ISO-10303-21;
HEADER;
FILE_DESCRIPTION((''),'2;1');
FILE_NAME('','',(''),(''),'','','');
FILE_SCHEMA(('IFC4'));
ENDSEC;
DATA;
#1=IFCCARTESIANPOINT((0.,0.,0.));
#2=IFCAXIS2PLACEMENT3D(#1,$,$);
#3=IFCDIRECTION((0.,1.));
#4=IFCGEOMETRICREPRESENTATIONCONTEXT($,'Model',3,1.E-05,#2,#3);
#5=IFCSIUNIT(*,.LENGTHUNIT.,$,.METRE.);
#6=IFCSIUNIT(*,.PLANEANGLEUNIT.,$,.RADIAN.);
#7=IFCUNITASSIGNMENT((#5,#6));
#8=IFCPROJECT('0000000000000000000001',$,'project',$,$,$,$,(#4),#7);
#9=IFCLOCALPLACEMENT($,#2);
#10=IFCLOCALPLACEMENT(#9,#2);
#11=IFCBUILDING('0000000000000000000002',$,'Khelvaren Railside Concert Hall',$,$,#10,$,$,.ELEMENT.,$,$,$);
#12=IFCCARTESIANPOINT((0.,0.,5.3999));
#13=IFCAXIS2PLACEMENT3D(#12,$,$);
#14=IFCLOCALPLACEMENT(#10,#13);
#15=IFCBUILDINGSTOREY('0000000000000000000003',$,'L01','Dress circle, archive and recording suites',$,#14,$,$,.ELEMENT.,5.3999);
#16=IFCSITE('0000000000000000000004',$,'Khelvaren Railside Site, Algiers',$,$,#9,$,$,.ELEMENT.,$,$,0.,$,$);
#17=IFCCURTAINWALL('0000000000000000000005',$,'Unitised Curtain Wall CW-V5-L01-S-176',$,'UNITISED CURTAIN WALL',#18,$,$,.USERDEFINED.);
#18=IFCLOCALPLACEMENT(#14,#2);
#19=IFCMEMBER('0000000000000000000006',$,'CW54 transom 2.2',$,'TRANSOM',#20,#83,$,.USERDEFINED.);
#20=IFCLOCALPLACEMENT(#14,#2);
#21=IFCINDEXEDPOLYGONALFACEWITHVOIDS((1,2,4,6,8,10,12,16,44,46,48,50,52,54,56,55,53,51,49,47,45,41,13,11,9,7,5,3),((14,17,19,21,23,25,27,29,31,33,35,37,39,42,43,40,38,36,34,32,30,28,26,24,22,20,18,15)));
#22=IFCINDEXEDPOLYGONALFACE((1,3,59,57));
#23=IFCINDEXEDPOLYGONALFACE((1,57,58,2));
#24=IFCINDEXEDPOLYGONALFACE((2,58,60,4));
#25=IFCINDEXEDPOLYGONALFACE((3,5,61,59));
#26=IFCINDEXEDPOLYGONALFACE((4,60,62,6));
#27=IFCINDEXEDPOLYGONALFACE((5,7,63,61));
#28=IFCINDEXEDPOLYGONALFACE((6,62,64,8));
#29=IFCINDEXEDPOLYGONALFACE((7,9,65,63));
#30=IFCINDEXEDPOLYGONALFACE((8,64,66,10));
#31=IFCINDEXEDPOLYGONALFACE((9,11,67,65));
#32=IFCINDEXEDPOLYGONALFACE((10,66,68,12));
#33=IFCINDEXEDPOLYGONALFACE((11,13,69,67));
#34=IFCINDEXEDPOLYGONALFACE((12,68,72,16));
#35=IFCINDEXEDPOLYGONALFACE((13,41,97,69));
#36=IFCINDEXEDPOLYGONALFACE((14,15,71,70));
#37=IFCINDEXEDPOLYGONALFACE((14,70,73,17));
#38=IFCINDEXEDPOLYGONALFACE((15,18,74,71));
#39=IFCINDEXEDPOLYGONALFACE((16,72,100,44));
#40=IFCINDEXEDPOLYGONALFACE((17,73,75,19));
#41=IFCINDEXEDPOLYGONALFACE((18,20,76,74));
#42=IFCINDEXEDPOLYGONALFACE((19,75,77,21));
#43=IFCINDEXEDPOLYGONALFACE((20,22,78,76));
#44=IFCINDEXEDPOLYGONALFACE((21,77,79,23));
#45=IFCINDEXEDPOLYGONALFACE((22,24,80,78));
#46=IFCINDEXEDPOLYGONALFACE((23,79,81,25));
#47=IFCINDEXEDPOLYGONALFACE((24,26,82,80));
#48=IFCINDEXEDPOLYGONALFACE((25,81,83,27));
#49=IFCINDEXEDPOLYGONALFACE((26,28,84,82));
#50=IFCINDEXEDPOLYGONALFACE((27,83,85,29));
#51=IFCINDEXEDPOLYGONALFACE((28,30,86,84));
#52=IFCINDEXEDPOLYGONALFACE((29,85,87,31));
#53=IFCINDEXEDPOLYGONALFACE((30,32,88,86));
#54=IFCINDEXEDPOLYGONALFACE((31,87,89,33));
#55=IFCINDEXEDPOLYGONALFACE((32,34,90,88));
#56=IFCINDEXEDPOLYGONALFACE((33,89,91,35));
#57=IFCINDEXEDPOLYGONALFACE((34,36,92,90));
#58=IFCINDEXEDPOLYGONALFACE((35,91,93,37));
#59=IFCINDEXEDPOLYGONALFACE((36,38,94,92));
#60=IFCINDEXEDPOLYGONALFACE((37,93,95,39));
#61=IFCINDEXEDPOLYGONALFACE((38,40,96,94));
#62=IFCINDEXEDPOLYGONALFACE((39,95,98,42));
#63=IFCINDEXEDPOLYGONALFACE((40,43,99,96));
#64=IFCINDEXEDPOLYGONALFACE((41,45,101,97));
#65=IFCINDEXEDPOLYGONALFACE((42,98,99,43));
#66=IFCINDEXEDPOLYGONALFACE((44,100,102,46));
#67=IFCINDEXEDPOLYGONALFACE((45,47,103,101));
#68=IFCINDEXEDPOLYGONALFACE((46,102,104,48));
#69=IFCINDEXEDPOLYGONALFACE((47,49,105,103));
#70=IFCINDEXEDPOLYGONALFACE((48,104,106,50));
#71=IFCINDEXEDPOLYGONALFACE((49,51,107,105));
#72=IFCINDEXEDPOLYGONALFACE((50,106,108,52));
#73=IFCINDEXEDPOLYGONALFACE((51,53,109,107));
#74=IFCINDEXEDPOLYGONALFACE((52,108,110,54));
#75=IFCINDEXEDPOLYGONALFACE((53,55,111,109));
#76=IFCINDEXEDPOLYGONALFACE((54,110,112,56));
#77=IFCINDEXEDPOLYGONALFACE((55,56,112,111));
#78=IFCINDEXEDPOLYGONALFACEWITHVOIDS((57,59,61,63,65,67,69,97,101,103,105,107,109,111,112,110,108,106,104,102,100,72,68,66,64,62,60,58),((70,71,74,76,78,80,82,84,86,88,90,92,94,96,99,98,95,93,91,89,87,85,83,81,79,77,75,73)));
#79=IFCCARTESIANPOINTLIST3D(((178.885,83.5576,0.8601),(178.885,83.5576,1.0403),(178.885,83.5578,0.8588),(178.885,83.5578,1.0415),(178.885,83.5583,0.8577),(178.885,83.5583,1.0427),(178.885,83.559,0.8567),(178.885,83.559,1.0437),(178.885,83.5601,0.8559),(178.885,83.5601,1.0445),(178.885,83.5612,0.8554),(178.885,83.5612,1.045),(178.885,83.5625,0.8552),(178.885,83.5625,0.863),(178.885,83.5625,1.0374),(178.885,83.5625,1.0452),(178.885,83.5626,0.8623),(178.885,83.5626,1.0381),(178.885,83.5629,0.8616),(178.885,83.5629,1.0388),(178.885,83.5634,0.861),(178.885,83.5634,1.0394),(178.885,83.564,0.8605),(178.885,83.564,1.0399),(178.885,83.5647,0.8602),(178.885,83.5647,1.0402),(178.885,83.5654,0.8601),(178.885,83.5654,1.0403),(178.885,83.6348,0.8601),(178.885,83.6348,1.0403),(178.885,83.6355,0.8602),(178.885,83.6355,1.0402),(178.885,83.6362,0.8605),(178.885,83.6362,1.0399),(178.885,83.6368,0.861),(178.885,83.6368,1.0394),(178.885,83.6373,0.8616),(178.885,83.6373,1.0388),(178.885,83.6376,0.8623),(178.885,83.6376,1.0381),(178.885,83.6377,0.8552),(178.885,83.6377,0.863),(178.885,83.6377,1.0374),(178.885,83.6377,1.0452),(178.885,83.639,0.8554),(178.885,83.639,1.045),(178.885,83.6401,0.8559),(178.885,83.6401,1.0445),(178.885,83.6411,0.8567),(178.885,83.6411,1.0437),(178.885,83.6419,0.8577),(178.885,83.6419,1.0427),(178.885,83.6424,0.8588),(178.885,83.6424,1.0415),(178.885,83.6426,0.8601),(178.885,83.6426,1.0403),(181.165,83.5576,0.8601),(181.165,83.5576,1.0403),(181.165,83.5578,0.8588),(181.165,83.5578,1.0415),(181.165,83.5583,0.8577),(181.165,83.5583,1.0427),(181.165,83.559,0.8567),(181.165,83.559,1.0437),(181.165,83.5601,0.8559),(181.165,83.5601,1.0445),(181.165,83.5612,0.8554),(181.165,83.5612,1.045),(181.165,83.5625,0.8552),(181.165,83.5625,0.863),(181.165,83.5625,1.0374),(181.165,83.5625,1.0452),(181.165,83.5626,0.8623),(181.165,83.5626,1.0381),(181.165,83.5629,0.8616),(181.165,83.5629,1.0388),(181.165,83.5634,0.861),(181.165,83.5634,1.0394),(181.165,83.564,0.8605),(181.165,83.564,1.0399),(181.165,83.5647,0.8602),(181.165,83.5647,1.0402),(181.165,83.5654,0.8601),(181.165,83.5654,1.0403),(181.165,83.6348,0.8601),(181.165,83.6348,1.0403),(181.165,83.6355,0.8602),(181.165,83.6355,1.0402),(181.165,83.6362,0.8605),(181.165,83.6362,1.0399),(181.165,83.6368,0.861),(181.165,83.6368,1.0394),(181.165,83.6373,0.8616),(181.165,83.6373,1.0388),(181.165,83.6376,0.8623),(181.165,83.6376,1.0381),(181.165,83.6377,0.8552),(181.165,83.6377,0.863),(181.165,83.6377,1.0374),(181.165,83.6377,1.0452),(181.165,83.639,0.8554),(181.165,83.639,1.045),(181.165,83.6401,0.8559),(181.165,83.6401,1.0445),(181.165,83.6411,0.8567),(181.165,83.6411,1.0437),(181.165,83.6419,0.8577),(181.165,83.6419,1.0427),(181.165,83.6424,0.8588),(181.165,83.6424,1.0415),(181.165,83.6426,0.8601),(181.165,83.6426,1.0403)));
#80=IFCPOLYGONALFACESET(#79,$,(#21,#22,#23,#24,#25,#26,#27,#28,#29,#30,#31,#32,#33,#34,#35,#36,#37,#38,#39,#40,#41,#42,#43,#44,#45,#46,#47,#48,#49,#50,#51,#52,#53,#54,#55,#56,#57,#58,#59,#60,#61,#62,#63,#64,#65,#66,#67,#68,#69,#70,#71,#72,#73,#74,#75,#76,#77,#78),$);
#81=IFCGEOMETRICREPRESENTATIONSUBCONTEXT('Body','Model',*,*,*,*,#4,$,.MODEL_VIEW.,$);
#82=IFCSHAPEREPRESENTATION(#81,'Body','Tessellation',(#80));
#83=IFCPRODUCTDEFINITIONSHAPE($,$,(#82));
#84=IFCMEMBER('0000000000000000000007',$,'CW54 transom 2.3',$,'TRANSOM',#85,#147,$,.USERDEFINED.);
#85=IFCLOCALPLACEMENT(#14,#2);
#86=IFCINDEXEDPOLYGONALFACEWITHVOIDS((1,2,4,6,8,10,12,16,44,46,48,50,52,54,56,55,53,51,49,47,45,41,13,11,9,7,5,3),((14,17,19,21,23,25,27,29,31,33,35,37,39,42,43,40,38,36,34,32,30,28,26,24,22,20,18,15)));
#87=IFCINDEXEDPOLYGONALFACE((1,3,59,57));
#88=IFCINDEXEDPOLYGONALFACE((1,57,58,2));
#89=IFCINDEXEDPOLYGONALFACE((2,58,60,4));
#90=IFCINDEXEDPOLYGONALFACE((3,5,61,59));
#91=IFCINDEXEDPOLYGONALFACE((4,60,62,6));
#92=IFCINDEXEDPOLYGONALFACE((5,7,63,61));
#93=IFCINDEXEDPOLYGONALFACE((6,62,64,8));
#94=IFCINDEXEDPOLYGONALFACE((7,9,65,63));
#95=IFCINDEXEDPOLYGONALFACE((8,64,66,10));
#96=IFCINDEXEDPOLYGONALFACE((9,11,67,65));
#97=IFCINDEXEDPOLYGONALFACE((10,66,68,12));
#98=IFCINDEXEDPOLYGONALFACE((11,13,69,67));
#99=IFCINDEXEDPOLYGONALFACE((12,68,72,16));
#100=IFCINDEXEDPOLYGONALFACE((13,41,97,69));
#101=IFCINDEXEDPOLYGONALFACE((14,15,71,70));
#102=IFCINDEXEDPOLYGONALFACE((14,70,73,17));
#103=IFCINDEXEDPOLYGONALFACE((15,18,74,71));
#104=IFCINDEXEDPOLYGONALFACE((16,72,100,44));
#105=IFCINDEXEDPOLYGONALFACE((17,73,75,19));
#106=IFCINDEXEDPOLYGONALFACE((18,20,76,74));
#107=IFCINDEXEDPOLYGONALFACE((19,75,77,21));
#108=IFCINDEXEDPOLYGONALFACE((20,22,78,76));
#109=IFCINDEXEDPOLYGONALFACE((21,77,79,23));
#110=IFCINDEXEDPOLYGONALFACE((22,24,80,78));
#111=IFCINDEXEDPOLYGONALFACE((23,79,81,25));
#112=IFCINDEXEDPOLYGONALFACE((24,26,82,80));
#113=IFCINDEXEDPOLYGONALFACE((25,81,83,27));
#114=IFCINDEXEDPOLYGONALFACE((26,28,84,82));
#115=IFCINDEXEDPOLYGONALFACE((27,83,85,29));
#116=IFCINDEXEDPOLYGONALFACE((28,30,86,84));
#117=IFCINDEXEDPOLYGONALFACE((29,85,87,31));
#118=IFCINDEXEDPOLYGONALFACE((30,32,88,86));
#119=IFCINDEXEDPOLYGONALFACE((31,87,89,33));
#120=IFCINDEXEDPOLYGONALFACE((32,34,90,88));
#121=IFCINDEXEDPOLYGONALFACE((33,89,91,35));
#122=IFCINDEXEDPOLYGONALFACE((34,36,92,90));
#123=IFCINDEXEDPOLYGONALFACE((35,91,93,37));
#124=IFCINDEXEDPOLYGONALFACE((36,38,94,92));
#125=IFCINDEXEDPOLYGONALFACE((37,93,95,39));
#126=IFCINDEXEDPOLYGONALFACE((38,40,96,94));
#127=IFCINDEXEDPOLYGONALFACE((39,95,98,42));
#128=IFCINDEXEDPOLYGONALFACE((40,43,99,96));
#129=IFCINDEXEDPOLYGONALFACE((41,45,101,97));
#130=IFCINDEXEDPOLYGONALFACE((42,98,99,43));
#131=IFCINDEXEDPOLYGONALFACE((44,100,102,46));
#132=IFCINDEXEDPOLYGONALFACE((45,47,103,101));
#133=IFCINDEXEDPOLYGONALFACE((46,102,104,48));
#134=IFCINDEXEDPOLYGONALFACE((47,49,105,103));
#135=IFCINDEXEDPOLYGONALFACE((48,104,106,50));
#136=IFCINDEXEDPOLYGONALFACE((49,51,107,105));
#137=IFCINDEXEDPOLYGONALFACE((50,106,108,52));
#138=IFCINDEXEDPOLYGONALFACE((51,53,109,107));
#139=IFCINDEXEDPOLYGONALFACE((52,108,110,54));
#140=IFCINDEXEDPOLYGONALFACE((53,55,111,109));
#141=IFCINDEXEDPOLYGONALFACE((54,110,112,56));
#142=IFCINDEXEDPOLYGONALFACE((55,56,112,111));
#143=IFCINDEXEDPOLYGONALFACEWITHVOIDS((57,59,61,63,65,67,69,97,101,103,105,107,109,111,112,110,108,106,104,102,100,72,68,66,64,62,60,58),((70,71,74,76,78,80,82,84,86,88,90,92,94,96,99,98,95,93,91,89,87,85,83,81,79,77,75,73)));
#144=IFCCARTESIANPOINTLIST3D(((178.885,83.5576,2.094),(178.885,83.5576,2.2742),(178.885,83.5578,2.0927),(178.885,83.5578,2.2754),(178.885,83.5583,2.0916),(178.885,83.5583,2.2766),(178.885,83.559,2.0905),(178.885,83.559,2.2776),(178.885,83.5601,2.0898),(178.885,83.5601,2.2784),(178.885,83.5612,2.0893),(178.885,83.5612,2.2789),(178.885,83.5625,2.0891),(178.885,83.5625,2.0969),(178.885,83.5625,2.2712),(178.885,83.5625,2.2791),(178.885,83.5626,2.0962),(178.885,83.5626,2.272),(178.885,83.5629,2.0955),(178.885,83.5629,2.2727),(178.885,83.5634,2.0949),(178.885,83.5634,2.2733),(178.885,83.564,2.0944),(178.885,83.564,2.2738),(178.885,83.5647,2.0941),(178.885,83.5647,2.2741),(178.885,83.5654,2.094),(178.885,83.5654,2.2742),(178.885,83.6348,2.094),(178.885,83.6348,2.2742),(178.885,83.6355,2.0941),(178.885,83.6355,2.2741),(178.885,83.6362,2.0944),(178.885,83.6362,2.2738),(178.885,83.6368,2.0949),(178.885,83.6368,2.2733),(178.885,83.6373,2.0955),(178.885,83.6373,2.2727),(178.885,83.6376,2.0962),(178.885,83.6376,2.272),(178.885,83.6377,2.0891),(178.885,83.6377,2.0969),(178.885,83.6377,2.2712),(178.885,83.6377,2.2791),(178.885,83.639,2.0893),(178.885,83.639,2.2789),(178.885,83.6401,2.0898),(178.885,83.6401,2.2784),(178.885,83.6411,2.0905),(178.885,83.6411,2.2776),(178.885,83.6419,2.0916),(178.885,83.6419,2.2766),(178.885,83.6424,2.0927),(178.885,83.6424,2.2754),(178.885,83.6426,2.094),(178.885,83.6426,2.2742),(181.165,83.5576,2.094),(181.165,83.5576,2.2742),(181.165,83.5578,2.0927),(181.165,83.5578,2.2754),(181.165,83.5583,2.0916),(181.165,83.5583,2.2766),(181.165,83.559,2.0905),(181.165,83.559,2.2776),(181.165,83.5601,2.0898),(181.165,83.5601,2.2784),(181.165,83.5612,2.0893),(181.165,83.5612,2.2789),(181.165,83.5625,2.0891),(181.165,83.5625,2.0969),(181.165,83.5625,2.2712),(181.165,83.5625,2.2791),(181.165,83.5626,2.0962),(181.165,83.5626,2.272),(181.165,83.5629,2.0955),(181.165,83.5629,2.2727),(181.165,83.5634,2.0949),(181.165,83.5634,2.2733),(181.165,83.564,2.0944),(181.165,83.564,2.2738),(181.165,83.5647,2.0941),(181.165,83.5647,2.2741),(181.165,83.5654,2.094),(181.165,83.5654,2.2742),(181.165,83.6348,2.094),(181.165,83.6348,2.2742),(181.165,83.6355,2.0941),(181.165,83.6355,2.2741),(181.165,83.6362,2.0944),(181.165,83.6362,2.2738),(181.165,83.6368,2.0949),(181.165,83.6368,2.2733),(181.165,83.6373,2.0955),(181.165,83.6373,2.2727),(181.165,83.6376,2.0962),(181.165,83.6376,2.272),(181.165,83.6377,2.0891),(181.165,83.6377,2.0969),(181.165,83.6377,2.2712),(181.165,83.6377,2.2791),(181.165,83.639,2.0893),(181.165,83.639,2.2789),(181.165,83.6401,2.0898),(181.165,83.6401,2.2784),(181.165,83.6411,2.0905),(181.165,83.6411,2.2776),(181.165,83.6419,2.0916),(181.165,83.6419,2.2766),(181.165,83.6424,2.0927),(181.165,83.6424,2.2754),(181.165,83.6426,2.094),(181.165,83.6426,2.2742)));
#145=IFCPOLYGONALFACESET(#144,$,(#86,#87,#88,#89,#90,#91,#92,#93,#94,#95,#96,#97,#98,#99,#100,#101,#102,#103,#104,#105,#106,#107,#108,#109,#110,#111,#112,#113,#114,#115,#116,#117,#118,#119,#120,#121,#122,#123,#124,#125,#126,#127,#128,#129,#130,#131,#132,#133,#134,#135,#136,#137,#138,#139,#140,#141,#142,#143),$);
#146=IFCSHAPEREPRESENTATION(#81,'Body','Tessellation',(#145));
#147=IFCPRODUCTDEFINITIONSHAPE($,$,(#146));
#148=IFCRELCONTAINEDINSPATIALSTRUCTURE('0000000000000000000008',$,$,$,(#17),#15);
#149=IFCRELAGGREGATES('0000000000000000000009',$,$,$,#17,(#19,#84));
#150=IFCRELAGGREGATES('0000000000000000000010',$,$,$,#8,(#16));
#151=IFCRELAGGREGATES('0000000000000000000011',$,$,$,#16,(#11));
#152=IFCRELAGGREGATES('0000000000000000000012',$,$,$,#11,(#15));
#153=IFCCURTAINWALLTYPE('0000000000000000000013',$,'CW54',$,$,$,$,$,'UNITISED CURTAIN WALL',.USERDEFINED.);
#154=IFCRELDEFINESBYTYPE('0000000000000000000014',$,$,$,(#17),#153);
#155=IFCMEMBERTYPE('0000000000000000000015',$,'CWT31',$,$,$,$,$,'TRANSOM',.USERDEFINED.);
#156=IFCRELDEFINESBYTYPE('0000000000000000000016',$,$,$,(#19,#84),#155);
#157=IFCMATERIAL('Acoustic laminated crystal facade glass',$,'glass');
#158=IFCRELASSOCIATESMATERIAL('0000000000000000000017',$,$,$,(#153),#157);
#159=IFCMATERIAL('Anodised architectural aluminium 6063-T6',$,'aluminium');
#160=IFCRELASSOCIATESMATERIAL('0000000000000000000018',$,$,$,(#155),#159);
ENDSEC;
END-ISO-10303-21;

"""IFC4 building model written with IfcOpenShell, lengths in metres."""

from ifc_helpers import new_model, si_unit, direction, frame, origin, origin_2d, place, context, subcontext, project, spatial, hollow_rectangle, extrude, material, material_profile, profile_set, type_object, element, aggregate, save


model = new_model("IFC4")

# Units and contexts
model_context = context("Model", 3, precision=1e-05, world=origin(), true_north=direction((0.0, 1.0)))
body_context = subcontext(model_context, "Body", "Model", "MODEL_VIEW")
ifc_project = project(units=[si_unit("LENGTHUNIT", "METRE"), si_unit("PLANEANGLEUNIT", "RADIAN")], contexts=[model_context])

# Site, building, storey
site_placement = place(None, origin())
site = spatial("IfcSite", under=ifc_project, at=site_placement, Name="Khelvaren Railside Site, Algiers", CompositionType="ELEMENT", RefElevation=0.0)
building_placement = place(site_placement, origin())
building = spatial("IfcBuilding", under=site, at=building_placement, Name="Khelvaren Railside Concert Hall", CompositionType="ELEMENT")
storey_placement = place(building_placement, frame((0.0, 0.0, 5.3999)))
storey = spatial("IfcBuildingStorey", under=building, at=storey_placement, Name="L01", Description="Dress circle, archive and recording suites", CompositionType="ELEMENT", Elevation=5.3999)

# Curtain wall
ifc_material_1 = material(Name="Acoustic laminated crystal facade glass", Category="glass")
curtain_wall_type_1 = type_object("IfcCurtainWallType", Name="CW54", ElementType="UNITISED CURTAIN WALL", PredefinedType="USERDEFINED", material=ifc_material_1)
curtain_wall_1_placement = place(storey_placement, origin())
curtain_wall_1 = element("IfcCurtainWall", 1, at=curtain_wall_1_placement, inside=storey, type_object=curtain_wall_type_1, Name="Unitised Curtain Wall CW-V5-L01-S-176", ObjectType="UNITISED CURTAIN WALL", PredefinedType="USERDEFINED")
ifc_material_2 = material(Name="Anodised architectural aluminium 6063-T6", Category="aluminium")

# Members
ifc_material_profile_1 = material_profile(ifc_material_2, hollow_rectangle(XDim=0.085, YDim=0.1899, WallThickness=0.0049, InnerFilletRadius=0.0029, OuterFilletRadius=0.0049, at=origin_2d()), Name="CWT 85x190x5")
ifc_profile_set_1 = profile_set([ifc_material_profile_1], Name="Anodised architectural aluminium 6063-T6")
member_type_1 = type_object("IfcMemberType", Name="CWT31", ElementType="TRANSOM", PredefinedType="USERDEFINED", material=ifc_profile_set_1)
member_1_placement = place(storey_placement, frame((181.165, 83.6001, 0.9502), z_axis=(-1.0, 0.0, 0.0), x_axis=(0.0, -1.0, 0.0)))
member_1 = element("IfcMember", 2, at=member_1_placement, type_object=member_type_1, Name="CW54 transom 2.2", ObjectType="TRANSOM", PredefinedType="USERDEFINED", context=body_context, shape_type="SweptSolid", body=[
    extrude(hollow_rectangle(XDim=0.085, YDim=0.1899, WallThickness=0.0049, InnerFilletRadius=0.0029, OuterFilletRadius=0.0049, at=origin_2d()), origin(), (0.0, 0.0, 1.0), 2.28),
])
member_2_placement = place(storey_placement, frame((181.165, 83.6001, 2.1841), z_axis=(-1.0, 0.0, 0.0), x_axis=(0.0, -1.0, 0.0)))
member_2 = element("IfcMember", 3, at=member_2_placement, type_object=member_type_1, Name="CW54 transom 2.3", ObjectType="TRANSOM", PredefinedType="USERDEFINED", context=body_context, shape_type="SweptSolid", body=[
    extrude(hollow_rectangle(XDim=0.085, YDim=0.1899, WallThickness=0.0049, InnerFilletRadius=0.0029, OuterFilletRadius=0.0049, at=origin_2d()), origin(), (0.0, 0.0, 1.0), 2.28),
])

aggregate(curtain_wall_1, [member_1, member_2])

save(model, "model.ifc")
